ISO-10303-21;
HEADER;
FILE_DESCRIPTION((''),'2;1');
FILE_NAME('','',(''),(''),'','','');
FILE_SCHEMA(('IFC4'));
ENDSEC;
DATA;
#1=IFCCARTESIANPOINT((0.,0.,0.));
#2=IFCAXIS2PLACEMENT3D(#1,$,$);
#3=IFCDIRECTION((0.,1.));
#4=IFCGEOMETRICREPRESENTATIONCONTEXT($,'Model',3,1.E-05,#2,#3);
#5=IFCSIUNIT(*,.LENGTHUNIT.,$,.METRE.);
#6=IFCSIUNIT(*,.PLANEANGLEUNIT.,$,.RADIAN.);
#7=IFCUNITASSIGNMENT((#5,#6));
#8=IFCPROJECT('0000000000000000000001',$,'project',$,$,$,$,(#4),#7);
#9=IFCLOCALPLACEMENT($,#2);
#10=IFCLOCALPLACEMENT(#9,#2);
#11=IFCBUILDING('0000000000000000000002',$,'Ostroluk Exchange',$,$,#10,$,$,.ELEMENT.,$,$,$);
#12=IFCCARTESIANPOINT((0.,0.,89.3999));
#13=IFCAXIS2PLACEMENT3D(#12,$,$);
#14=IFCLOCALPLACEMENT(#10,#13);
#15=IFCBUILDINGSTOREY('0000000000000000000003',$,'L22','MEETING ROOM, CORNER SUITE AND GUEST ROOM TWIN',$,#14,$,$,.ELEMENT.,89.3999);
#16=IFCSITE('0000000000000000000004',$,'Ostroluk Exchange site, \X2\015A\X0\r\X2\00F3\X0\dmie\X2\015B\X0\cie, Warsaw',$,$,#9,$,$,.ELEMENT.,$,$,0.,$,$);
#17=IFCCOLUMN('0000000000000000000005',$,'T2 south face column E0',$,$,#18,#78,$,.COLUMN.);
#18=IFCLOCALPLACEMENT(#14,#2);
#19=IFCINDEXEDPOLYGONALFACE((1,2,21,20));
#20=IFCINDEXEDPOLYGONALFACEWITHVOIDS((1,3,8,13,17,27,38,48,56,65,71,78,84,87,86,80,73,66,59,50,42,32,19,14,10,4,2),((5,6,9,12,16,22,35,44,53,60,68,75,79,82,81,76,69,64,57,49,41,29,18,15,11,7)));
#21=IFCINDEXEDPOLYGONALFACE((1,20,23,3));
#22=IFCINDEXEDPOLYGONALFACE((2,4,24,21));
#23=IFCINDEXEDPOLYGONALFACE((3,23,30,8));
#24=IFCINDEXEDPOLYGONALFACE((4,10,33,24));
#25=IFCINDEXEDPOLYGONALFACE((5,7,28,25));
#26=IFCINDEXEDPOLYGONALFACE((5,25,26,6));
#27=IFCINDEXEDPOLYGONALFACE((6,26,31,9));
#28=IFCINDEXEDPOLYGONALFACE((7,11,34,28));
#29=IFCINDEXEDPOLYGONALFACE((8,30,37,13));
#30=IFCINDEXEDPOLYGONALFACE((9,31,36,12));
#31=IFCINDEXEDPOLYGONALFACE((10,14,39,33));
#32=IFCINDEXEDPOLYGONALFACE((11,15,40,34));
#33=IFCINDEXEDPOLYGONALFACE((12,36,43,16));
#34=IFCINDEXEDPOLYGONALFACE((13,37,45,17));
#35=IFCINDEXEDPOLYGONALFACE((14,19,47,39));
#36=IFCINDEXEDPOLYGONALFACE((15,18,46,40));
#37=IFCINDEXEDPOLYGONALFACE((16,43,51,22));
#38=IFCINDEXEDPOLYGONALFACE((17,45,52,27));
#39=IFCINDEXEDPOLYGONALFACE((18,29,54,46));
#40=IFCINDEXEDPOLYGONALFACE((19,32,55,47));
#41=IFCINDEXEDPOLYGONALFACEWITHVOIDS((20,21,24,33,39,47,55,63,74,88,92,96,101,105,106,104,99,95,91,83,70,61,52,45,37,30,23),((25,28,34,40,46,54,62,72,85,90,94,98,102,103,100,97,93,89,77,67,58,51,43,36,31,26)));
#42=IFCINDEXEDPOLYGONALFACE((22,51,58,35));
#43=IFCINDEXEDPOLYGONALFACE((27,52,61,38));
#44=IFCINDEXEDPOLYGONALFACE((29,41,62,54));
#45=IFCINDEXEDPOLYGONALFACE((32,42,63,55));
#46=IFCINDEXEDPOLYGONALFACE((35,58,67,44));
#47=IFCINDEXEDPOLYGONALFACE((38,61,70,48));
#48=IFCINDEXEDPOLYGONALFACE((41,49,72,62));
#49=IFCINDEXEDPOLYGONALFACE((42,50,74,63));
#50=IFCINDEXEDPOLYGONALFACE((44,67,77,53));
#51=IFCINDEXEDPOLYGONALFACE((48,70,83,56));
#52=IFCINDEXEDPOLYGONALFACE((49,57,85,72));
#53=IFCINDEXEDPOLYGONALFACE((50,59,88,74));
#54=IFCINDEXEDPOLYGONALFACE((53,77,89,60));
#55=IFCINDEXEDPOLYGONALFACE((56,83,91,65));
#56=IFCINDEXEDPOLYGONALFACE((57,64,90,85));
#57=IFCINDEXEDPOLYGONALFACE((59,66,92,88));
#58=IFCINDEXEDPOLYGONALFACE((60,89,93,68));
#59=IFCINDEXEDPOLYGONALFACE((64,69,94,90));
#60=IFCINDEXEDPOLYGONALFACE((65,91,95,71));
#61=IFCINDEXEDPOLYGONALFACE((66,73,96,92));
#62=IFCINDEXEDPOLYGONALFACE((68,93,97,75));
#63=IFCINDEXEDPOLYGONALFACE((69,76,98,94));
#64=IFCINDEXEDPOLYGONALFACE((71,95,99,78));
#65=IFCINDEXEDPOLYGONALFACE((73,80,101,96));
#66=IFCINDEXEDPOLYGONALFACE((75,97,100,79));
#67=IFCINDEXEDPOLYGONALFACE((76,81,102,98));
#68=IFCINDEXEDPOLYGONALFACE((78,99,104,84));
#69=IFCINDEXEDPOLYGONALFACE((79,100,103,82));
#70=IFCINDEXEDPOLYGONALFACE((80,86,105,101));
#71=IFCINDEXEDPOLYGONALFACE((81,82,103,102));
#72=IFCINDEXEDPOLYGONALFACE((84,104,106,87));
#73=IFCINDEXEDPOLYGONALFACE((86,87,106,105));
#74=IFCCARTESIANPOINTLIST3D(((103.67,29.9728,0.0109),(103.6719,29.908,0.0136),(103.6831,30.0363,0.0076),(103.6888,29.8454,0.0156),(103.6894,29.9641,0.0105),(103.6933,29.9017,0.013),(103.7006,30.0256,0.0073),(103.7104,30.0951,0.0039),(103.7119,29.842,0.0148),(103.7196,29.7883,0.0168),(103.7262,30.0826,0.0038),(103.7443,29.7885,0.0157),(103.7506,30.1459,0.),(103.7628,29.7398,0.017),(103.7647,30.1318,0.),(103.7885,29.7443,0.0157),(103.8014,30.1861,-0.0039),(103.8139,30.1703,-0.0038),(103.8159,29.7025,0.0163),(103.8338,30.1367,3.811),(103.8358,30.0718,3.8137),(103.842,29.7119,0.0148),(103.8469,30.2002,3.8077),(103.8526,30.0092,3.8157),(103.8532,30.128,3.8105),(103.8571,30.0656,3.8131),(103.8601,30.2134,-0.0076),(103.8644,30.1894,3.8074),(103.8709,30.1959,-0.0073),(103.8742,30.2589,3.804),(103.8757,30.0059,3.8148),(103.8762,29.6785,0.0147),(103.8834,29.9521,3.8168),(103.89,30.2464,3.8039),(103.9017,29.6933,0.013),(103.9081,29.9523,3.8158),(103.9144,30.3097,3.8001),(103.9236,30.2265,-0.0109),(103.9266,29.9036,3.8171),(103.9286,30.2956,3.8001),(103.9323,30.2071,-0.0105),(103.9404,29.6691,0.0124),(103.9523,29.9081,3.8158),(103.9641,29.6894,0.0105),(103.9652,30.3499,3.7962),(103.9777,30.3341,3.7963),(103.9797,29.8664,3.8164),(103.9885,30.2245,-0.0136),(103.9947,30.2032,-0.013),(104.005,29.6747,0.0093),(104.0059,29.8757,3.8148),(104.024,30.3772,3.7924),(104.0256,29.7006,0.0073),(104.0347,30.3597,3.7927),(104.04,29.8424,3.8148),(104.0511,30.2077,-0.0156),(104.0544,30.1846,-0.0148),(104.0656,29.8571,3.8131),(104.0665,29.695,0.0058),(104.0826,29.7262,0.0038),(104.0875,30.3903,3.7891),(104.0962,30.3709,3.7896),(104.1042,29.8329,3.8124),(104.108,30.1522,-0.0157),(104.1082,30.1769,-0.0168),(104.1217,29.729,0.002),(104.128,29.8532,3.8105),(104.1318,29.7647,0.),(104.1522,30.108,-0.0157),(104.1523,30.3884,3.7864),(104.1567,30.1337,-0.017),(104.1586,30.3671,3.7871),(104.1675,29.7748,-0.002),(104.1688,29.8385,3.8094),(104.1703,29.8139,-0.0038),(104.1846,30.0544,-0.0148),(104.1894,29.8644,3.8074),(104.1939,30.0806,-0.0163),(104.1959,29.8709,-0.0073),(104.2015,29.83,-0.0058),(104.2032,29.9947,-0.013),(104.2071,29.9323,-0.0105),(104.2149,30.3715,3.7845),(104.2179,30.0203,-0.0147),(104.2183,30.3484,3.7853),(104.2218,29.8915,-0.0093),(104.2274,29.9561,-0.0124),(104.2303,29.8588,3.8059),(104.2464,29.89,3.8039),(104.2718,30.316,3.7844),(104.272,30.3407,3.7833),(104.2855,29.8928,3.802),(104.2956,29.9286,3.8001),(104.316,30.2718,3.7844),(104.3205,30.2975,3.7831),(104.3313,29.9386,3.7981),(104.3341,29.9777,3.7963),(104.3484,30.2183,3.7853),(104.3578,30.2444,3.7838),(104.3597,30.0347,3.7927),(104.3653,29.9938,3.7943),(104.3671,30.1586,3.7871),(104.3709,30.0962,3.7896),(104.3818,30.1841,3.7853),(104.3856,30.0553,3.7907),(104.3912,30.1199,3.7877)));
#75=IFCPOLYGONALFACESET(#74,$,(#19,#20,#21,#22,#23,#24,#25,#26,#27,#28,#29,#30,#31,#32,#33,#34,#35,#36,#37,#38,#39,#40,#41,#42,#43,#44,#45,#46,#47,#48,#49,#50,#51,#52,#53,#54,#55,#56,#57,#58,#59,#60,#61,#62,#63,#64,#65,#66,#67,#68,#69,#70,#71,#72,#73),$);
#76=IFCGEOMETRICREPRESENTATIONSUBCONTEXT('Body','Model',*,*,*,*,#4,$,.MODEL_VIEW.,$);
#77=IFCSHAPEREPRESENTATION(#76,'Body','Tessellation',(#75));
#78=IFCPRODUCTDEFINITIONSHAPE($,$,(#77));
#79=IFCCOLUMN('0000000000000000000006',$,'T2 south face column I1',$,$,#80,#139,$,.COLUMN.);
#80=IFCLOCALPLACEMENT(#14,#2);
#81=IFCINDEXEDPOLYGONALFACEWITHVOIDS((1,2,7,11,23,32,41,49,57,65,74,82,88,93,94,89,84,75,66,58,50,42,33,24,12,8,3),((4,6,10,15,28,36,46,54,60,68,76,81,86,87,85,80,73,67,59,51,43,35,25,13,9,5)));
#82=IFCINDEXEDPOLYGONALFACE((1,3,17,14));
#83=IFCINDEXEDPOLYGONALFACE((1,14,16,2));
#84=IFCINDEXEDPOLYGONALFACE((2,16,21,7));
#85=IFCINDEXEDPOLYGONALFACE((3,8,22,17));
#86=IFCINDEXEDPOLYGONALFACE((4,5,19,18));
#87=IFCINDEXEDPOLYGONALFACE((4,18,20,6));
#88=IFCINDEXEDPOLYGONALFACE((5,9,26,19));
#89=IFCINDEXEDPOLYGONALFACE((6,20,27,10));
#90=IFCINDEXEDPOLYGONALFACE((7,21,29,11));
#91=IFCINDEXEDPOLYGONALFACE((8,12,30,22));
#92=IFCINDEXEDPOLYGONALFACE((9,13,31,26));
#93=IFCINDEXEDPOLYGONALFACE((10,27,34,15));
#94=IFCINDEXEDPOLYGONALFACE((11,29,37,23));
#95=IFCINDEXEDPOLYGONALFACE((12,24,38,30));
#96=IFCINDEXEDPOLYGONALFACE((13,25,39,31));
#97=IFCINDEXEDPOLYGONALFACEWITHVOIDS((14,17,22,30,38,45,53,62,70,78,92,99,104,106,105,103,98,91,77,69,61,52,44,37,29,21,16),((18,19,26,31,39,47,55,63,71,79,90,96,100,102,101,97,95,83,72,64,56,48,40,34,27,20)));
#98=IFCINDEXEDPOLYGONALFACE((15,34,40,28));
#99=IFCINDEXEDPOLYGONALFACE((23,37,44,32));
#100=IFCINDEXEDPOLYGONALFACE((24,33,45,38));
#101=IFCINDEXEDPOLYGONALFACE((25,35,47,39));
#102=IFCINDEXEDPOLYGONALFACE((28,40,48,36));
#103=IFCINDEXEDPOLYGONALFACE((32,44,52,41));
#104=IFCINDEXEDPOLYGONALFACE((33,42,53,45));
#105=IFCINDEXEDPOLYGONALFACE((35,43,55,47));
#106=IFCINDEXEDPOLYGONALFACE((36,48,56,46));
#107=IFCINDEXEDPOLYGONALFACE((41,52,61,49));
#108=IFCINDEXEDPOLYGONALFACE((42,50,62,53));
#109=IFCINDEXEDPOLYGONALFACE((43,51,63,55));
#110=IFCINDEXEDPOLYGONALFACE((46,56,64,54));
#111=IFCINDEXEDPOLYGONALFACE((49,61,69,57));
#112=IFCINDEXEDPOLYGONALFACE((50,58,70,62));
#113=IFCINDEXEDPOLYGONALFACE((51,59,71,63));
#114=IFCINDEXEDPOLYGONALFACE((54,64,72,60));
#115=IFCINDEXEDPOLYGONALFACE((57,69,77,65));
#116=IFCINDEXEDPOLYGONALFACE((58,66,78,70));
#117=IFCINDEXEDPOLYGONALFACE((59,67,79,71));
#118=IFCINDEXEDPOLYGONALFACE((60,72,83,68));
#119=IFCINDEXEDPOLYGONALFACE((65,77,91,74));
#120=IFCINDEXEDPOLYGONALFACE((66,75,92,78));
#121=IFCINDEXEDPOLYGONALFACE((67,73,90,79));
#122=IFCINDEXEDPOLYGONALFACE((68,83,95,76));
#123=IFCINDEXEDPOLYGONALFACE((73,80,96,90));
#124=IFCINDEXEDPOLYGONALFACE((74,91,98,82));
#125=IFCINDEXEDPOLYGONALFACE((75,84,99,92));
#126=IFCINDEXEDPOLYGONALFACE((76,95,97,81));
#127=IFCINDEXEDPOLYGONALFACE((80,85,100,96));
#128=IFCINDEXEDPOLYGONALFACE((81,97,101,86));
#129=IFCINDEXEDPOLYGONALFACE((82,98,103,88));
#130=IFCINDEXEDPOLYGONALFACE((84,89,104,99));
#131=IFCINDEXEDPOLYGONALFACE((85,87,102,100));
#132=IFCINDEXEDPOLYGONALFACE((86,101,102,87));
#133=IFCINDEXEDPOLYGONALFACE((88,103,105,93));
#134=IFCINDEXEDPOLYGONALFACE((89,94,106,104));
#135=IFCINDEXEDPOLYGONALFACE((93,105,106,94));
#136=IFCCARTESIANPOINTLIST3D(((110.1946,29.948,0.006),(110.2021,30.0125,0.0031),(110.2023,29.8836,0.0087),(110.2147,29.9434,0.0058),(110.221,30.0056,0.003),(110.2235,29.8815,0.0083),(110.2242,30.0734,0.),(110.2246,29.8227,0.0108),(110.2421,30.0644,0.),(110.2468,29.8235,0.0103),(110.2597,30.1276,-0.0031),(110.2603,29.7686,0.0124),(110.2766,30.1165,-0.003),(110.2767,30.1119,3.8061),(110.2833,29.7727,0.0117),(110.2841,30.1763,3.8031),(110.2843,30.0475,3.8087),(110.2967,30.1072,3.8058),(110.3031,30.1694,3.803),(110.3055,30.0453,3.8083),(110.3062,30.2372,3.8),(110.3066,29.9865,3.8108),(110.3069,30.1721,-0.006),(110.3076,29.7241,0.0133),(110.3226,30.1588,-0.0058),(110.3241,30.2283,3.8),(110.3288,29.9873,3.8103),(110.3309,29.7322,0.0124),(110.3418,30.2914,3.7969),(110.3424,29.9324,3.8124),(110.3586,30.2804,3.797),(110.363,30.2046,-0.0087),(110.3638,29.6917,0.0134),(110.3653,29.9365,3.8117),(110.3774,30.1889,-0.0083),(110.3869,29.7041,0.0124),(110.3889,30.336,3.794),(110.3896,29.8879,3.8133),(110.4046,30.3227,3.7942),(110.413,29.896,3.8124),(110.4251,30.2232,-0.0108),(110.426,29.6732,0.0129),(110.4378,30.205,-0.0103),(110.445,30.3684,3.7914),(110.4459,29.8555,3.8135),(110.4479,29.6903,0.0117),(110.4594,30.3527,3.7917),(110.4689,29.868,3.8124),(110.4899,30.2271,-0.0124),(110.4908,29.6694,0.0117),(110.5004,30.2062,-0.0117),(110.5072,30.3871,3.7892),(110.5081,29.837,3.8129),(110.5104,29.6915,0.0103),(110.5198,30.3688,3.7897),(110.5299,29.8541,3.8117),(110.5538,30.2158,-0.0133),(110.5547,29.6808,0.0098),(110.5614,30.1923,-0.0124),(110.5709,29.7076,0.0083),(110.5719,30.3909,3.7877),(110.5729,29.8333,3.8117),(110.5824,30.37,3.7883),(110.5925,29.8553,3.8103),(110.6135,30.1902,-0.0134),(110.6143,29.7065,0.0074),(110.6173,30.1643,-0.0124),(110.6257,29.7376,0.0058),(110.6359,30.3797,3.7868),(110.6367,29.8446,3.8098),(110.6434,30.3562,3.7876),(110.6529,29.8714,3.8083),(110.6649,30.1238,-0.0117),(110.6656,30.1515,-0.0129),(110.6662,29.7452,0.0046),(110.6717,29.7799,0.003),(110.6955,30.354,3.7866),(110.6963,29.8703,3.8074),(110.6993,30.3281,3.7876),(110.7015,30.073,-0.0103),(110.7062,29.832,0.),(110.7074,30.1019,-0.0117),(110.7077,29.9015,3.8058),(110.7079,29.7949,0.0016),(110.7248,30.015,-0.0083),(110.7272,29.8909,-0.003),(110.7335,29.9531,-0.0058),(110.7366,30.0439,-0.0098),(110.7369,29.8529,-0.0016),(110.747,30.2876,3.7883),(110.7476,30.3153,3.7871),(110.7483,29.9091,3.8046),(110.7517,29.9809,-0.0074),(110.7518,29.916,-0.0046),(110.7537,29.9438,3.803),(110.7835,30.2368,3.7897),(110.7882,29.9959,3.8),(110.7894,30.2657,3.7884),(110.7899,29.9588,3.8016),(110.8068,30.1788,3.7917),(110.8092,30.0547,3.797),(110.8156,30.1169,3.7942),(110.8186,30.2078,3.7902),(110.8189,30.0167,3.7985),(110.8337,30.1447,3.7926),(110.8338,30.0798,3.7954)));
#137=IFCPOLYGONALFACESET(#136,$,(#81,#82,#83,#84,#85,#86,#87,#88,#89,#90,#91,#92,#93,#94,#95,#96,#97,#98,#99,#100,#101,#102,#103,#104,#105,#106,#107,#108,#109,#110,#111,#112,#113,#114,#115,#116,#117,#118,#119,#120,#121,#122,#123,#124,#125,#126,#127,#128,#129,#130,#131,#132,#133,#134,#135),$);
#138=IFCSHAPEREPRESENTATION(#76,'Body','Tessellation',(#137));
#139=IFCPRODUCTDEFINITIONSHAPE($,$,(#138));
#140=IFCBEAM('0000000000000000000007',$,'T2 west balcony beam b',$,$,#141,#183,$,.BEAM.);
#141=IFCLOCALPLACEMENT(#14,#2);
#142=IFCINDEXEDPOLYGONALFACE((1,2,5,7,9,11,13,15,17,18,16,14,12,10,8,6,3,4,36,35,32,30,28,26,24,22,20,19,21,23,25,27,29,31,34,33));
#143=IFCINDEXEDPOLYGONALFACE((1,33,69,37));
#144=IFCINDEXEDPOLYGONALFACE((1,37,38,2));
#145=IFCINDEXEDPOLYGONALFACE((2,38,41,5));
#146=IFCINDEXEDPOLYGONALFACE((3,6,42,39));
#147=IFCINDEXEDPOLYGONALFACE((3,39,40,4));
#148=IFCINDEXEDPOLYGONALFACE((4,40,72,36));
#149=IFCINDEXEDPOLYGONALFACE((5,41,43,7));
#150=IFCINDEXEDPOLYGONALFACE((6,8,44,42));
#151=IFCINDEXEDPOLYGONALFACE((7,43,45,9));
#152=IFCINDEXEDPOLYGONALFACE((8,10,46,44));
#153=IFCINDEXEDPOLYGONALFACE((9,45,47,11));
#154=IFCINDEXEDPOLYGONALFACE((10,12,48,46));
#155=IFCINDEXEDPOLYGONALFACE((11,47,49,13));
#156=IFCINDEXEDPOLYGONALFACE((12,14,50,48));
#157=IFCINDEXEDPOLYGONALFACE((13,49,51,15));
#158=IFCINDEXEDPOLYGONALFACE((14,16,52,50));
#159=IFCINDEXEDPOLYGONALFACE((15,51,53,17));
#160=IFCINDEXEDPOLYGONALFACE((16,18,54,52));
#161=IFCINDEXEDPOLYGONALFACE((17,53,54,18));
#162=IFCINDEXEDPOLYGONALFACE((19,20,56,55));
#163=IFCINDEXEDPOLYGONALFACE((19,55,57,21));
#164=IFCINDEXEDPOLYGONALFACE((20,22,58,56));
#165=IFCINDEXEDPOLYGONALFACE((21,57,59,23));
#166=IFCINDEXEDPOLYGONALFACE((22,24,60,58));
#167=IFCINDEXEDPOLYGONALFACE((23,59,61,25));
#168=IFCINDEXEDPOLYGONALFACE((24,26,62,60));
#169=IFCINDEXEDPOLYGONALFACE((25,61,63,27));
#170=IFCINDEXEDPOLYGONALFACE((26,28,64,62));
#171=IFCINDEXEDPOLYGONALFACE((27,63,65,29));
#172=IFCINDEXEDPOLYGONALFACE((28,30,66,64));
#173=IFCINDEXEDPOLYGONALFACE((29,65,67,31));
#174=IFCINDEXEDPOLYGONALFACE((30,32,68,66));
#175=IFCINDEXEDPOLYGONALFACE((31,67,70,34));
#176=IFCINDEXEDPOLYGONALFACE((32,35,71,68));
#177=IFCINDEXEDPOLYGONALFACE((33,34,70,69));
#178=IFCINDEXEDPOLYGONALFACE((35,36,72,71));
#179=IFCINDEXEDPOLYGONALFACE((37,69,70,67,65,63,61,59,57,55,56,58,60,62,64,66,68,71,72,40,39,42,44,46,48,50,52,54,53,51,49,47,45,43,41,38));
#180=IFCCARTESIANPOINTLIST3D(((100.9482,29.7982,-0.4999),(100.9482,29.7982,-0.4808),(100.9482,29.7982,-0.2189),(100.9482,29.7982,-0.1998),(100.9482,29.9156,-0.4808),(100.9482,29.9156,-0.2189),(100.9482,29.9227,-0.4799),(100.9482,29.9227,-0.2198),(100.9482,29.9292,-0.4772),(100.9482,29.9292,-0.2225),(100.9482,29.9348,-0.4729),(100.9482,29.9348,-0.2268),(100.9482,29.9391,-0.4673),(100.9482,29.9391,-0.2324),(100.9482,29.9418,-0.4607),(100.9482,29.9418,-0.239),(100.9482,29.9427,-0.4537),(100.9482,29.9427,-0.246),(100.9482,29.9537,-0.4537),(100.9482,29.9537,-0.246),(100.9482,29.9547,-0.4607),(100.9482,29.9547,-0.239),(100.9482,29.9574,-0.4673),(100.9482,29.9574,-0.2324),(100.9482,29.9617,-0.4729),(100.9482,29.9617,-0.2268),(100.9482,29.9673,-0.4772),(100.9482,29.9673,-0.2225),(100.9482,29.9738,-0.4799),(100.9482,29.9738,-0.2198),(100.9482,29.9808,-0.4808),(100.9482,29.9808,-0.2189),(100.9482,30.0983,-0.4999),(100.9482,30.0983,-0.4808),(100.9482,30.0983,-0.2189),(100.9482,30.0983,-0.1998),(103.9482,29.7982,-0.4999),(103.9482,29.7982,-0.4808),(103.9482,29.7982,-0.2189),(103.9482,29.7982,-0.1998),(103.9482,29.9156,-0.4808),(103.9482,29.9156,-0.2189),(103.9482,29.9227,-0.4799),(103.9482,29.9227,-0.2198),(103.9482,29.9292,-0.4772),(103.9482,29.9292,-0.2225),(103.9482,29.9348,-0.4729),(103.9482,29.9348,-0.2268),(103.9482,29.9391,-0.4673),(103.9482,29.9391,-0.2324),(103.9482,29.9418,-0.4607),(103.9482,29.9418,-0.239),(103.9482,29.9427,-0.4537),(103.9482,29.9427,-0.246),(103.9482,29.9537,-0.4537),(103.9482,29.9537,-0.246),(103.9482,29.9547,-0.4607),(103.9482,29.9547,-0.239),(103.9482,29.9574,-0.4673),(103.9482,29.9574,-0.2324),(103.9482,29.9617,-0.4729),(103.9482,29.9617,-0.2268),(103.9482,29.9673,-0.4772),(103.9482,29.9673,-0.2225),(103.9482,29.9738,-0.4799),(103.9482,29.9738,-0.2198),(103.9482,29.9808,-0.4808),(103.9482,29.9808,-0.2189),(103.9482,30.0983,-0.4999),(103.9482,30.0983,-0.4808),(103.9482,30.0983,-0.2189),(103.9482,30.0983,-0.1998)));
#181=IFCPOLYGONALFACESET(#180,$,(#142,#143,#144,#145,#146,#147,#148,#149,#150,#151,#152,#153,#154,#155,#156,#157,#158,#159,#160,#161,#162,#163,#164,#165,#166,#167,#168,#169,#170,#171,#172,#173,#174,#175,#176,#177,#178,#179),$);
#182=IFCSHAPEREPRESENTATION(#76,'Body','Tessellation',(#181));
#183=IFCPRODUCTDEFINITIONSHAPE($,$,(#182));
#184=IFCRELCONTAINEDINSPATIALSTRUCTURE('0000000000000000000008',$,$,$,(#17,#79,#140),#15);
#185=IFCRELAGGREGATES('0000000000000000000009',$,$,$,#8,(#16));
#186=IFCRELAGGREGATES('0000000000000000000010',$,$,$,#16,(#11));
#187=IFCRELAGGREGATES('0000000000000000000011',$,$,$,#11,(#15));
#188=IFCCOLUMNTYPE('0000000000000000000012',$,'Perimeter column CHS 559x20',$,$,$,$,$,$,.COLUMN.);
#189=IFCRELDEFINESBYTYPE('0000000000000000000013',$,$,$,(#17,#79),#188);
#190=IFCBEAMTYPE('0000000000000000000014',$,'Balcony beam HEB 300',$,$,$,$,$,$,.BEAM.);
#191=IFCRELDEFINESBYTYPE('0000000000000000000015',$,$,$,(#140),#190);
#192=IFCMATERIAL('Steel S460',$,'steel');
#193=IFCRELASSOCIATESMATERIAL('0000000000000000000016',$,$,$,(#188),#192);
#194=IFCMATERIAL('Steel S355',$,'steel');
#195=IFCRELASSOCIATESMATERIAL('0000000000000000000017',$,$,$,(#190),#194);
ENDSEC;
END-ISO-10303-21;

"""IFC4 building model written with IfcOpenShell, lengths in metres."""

from ifc_helpers import new_model, si_unit, direction, frame, origin, origin_2d, place, context, subcontext, project, spatial, hollow_circle, i_section, extrude, material, material_profile, profile_set, type_object, element, save


model = new_model("IFC4")

# Units and contexts
model_context = context("Model", 3, precision=1e-05, world=origin(), true_north=direction((0.0, 1.0)))
body_context = subcontext(model_context, "Body", "Model", "MODEL_VIEW")
ifc_project = project(units=[si_unit("LENGTHUNIT", "METRE"), si_unit("PLANEANGLEUNIT", "RADIAN")], contexts=[model_context])

# Site, building, storey
site_placement = place(None, origin())
site = spatial("IfcSite", under=ifc_project, at=site_placement, Name="Ostroluk Exchange site, Śródmieście, Warsaw", CompositionType="ELEMENT", RefElevation=0.0)
building_placement = place(site_placement, origin())
building = spatial("IfcBuilding", under=site, at=building_placement, Name="Ostroluk Exchange", CompositionType="ELEMENT")
storey_placement = place(building_placement, frame((0.0, 0.0, 89.3999)))
storey = spatial("IfcBuildingStorey", under=building, at=storey_placement, Name="L22", Description="MEETING ROOM, CORNER SUITE AND GUEST ROOM TWIN", CompositionType="ELEMENT", Elevation=89.3999)

# Columns
ifc_material_1 = material(Name="Steel S460", Category="steel")
ifc_material_profile_1 = material_profile(ifc_material_1, hollow_circle(Radius=0.2795, WallThickness=0.02, at=origin_2d()), Name="CHS 559x20")
ifc_profile_set_1 = profile_set([ifc_material_profile_1], Name="Steel S460")
column_type = type_object("IfcColumnType", Name="Perimeter column CHS 559x20", PredefinedType="COLUMN", material=ifc_profile_set_1)
column_1_placement = place(storey_placement, frame((103.9482, 29.9482, 0.0), z_axis=(0.04303, 0.04303, 0.998147), x_axis=(-0.707107, 0.707107, 0.0)))
element("IfcColumn", 1, at=column_1_placement, inside=storey, type_object=column_type, Name="T2 south face column E0", PredefinedType="COLUMN", context=body_context, shape_type="SweptSolid", body=[
    extrude(hollow_circle(Radius=0.2795, WallThickness=0.02, at=origin_2d()), origin(), (0.0, 0.0, 1.0), 3.8071),
])
column_2_placement = place(storey_placement, frame((110.4741, 29.9482, 0.0), z_axis=(0.021562, 0.04306, 0.99884), x_axis=(-0.894161, 0.447747, 0.0)))
element("IfcColumn", 2, at=column_2_placement, inside=storey, type_object=column_type, Name="T2 south face column I1", PredefinedType="COLUMN", context=body_context, shape_type="SweptSolid", body=[
    extrude(hollow_circle(Radius=0.2795, WallThickness=0.02, at=origin_2d()), origin(), (0.0, 0.0, 1.0), 3.8044),
])

# Beam
ifc_material_2 = material(Name="Steel S355", Category="steel")
ifc_material_profile_2 = material_profile(ifc_material_2, i_section(OverallWidth=0.3, OverallDepth=0.3, WebThickness=0.011, FlangeThickness=0.019, FilletRadius=0.0271, at=origin_2d()), Name="HEB 300")
ifc_profile_set_2 = profile_set([ifc_material_profile_2], Name="Steel S355")
beam_type_1 = type_object("IfcBeamType", Name="Balcony beam HEB 300", PredefinedType="BEAM", material=ifc_profile_set_2)
beam_placement = place(storey_placement, frame((103.9482, 29.9482, -0.3499), z_axis=(-1.0, 0.0, 0.0), x_axis=(0.0, -1.0, 0.0)))
element("IfcBeam", 3, at=beam_placement, inside=storey, type_object=beam_type_1, Name="T2 west balcony beam b", PredefinedType="BEAM", context=body_context, shape_type="SweptSolid", body=[
    extrude(i_section(OverallWidth=0.3, OverallDepth=0.3, WebThickness=0.011, FlangeThickness=0.019, FilletRadius=0.0271, at=origin_2d()), origin(), (0.0, 0.0, 1.0), 3.0),
])

save(model, "model.ifc")
